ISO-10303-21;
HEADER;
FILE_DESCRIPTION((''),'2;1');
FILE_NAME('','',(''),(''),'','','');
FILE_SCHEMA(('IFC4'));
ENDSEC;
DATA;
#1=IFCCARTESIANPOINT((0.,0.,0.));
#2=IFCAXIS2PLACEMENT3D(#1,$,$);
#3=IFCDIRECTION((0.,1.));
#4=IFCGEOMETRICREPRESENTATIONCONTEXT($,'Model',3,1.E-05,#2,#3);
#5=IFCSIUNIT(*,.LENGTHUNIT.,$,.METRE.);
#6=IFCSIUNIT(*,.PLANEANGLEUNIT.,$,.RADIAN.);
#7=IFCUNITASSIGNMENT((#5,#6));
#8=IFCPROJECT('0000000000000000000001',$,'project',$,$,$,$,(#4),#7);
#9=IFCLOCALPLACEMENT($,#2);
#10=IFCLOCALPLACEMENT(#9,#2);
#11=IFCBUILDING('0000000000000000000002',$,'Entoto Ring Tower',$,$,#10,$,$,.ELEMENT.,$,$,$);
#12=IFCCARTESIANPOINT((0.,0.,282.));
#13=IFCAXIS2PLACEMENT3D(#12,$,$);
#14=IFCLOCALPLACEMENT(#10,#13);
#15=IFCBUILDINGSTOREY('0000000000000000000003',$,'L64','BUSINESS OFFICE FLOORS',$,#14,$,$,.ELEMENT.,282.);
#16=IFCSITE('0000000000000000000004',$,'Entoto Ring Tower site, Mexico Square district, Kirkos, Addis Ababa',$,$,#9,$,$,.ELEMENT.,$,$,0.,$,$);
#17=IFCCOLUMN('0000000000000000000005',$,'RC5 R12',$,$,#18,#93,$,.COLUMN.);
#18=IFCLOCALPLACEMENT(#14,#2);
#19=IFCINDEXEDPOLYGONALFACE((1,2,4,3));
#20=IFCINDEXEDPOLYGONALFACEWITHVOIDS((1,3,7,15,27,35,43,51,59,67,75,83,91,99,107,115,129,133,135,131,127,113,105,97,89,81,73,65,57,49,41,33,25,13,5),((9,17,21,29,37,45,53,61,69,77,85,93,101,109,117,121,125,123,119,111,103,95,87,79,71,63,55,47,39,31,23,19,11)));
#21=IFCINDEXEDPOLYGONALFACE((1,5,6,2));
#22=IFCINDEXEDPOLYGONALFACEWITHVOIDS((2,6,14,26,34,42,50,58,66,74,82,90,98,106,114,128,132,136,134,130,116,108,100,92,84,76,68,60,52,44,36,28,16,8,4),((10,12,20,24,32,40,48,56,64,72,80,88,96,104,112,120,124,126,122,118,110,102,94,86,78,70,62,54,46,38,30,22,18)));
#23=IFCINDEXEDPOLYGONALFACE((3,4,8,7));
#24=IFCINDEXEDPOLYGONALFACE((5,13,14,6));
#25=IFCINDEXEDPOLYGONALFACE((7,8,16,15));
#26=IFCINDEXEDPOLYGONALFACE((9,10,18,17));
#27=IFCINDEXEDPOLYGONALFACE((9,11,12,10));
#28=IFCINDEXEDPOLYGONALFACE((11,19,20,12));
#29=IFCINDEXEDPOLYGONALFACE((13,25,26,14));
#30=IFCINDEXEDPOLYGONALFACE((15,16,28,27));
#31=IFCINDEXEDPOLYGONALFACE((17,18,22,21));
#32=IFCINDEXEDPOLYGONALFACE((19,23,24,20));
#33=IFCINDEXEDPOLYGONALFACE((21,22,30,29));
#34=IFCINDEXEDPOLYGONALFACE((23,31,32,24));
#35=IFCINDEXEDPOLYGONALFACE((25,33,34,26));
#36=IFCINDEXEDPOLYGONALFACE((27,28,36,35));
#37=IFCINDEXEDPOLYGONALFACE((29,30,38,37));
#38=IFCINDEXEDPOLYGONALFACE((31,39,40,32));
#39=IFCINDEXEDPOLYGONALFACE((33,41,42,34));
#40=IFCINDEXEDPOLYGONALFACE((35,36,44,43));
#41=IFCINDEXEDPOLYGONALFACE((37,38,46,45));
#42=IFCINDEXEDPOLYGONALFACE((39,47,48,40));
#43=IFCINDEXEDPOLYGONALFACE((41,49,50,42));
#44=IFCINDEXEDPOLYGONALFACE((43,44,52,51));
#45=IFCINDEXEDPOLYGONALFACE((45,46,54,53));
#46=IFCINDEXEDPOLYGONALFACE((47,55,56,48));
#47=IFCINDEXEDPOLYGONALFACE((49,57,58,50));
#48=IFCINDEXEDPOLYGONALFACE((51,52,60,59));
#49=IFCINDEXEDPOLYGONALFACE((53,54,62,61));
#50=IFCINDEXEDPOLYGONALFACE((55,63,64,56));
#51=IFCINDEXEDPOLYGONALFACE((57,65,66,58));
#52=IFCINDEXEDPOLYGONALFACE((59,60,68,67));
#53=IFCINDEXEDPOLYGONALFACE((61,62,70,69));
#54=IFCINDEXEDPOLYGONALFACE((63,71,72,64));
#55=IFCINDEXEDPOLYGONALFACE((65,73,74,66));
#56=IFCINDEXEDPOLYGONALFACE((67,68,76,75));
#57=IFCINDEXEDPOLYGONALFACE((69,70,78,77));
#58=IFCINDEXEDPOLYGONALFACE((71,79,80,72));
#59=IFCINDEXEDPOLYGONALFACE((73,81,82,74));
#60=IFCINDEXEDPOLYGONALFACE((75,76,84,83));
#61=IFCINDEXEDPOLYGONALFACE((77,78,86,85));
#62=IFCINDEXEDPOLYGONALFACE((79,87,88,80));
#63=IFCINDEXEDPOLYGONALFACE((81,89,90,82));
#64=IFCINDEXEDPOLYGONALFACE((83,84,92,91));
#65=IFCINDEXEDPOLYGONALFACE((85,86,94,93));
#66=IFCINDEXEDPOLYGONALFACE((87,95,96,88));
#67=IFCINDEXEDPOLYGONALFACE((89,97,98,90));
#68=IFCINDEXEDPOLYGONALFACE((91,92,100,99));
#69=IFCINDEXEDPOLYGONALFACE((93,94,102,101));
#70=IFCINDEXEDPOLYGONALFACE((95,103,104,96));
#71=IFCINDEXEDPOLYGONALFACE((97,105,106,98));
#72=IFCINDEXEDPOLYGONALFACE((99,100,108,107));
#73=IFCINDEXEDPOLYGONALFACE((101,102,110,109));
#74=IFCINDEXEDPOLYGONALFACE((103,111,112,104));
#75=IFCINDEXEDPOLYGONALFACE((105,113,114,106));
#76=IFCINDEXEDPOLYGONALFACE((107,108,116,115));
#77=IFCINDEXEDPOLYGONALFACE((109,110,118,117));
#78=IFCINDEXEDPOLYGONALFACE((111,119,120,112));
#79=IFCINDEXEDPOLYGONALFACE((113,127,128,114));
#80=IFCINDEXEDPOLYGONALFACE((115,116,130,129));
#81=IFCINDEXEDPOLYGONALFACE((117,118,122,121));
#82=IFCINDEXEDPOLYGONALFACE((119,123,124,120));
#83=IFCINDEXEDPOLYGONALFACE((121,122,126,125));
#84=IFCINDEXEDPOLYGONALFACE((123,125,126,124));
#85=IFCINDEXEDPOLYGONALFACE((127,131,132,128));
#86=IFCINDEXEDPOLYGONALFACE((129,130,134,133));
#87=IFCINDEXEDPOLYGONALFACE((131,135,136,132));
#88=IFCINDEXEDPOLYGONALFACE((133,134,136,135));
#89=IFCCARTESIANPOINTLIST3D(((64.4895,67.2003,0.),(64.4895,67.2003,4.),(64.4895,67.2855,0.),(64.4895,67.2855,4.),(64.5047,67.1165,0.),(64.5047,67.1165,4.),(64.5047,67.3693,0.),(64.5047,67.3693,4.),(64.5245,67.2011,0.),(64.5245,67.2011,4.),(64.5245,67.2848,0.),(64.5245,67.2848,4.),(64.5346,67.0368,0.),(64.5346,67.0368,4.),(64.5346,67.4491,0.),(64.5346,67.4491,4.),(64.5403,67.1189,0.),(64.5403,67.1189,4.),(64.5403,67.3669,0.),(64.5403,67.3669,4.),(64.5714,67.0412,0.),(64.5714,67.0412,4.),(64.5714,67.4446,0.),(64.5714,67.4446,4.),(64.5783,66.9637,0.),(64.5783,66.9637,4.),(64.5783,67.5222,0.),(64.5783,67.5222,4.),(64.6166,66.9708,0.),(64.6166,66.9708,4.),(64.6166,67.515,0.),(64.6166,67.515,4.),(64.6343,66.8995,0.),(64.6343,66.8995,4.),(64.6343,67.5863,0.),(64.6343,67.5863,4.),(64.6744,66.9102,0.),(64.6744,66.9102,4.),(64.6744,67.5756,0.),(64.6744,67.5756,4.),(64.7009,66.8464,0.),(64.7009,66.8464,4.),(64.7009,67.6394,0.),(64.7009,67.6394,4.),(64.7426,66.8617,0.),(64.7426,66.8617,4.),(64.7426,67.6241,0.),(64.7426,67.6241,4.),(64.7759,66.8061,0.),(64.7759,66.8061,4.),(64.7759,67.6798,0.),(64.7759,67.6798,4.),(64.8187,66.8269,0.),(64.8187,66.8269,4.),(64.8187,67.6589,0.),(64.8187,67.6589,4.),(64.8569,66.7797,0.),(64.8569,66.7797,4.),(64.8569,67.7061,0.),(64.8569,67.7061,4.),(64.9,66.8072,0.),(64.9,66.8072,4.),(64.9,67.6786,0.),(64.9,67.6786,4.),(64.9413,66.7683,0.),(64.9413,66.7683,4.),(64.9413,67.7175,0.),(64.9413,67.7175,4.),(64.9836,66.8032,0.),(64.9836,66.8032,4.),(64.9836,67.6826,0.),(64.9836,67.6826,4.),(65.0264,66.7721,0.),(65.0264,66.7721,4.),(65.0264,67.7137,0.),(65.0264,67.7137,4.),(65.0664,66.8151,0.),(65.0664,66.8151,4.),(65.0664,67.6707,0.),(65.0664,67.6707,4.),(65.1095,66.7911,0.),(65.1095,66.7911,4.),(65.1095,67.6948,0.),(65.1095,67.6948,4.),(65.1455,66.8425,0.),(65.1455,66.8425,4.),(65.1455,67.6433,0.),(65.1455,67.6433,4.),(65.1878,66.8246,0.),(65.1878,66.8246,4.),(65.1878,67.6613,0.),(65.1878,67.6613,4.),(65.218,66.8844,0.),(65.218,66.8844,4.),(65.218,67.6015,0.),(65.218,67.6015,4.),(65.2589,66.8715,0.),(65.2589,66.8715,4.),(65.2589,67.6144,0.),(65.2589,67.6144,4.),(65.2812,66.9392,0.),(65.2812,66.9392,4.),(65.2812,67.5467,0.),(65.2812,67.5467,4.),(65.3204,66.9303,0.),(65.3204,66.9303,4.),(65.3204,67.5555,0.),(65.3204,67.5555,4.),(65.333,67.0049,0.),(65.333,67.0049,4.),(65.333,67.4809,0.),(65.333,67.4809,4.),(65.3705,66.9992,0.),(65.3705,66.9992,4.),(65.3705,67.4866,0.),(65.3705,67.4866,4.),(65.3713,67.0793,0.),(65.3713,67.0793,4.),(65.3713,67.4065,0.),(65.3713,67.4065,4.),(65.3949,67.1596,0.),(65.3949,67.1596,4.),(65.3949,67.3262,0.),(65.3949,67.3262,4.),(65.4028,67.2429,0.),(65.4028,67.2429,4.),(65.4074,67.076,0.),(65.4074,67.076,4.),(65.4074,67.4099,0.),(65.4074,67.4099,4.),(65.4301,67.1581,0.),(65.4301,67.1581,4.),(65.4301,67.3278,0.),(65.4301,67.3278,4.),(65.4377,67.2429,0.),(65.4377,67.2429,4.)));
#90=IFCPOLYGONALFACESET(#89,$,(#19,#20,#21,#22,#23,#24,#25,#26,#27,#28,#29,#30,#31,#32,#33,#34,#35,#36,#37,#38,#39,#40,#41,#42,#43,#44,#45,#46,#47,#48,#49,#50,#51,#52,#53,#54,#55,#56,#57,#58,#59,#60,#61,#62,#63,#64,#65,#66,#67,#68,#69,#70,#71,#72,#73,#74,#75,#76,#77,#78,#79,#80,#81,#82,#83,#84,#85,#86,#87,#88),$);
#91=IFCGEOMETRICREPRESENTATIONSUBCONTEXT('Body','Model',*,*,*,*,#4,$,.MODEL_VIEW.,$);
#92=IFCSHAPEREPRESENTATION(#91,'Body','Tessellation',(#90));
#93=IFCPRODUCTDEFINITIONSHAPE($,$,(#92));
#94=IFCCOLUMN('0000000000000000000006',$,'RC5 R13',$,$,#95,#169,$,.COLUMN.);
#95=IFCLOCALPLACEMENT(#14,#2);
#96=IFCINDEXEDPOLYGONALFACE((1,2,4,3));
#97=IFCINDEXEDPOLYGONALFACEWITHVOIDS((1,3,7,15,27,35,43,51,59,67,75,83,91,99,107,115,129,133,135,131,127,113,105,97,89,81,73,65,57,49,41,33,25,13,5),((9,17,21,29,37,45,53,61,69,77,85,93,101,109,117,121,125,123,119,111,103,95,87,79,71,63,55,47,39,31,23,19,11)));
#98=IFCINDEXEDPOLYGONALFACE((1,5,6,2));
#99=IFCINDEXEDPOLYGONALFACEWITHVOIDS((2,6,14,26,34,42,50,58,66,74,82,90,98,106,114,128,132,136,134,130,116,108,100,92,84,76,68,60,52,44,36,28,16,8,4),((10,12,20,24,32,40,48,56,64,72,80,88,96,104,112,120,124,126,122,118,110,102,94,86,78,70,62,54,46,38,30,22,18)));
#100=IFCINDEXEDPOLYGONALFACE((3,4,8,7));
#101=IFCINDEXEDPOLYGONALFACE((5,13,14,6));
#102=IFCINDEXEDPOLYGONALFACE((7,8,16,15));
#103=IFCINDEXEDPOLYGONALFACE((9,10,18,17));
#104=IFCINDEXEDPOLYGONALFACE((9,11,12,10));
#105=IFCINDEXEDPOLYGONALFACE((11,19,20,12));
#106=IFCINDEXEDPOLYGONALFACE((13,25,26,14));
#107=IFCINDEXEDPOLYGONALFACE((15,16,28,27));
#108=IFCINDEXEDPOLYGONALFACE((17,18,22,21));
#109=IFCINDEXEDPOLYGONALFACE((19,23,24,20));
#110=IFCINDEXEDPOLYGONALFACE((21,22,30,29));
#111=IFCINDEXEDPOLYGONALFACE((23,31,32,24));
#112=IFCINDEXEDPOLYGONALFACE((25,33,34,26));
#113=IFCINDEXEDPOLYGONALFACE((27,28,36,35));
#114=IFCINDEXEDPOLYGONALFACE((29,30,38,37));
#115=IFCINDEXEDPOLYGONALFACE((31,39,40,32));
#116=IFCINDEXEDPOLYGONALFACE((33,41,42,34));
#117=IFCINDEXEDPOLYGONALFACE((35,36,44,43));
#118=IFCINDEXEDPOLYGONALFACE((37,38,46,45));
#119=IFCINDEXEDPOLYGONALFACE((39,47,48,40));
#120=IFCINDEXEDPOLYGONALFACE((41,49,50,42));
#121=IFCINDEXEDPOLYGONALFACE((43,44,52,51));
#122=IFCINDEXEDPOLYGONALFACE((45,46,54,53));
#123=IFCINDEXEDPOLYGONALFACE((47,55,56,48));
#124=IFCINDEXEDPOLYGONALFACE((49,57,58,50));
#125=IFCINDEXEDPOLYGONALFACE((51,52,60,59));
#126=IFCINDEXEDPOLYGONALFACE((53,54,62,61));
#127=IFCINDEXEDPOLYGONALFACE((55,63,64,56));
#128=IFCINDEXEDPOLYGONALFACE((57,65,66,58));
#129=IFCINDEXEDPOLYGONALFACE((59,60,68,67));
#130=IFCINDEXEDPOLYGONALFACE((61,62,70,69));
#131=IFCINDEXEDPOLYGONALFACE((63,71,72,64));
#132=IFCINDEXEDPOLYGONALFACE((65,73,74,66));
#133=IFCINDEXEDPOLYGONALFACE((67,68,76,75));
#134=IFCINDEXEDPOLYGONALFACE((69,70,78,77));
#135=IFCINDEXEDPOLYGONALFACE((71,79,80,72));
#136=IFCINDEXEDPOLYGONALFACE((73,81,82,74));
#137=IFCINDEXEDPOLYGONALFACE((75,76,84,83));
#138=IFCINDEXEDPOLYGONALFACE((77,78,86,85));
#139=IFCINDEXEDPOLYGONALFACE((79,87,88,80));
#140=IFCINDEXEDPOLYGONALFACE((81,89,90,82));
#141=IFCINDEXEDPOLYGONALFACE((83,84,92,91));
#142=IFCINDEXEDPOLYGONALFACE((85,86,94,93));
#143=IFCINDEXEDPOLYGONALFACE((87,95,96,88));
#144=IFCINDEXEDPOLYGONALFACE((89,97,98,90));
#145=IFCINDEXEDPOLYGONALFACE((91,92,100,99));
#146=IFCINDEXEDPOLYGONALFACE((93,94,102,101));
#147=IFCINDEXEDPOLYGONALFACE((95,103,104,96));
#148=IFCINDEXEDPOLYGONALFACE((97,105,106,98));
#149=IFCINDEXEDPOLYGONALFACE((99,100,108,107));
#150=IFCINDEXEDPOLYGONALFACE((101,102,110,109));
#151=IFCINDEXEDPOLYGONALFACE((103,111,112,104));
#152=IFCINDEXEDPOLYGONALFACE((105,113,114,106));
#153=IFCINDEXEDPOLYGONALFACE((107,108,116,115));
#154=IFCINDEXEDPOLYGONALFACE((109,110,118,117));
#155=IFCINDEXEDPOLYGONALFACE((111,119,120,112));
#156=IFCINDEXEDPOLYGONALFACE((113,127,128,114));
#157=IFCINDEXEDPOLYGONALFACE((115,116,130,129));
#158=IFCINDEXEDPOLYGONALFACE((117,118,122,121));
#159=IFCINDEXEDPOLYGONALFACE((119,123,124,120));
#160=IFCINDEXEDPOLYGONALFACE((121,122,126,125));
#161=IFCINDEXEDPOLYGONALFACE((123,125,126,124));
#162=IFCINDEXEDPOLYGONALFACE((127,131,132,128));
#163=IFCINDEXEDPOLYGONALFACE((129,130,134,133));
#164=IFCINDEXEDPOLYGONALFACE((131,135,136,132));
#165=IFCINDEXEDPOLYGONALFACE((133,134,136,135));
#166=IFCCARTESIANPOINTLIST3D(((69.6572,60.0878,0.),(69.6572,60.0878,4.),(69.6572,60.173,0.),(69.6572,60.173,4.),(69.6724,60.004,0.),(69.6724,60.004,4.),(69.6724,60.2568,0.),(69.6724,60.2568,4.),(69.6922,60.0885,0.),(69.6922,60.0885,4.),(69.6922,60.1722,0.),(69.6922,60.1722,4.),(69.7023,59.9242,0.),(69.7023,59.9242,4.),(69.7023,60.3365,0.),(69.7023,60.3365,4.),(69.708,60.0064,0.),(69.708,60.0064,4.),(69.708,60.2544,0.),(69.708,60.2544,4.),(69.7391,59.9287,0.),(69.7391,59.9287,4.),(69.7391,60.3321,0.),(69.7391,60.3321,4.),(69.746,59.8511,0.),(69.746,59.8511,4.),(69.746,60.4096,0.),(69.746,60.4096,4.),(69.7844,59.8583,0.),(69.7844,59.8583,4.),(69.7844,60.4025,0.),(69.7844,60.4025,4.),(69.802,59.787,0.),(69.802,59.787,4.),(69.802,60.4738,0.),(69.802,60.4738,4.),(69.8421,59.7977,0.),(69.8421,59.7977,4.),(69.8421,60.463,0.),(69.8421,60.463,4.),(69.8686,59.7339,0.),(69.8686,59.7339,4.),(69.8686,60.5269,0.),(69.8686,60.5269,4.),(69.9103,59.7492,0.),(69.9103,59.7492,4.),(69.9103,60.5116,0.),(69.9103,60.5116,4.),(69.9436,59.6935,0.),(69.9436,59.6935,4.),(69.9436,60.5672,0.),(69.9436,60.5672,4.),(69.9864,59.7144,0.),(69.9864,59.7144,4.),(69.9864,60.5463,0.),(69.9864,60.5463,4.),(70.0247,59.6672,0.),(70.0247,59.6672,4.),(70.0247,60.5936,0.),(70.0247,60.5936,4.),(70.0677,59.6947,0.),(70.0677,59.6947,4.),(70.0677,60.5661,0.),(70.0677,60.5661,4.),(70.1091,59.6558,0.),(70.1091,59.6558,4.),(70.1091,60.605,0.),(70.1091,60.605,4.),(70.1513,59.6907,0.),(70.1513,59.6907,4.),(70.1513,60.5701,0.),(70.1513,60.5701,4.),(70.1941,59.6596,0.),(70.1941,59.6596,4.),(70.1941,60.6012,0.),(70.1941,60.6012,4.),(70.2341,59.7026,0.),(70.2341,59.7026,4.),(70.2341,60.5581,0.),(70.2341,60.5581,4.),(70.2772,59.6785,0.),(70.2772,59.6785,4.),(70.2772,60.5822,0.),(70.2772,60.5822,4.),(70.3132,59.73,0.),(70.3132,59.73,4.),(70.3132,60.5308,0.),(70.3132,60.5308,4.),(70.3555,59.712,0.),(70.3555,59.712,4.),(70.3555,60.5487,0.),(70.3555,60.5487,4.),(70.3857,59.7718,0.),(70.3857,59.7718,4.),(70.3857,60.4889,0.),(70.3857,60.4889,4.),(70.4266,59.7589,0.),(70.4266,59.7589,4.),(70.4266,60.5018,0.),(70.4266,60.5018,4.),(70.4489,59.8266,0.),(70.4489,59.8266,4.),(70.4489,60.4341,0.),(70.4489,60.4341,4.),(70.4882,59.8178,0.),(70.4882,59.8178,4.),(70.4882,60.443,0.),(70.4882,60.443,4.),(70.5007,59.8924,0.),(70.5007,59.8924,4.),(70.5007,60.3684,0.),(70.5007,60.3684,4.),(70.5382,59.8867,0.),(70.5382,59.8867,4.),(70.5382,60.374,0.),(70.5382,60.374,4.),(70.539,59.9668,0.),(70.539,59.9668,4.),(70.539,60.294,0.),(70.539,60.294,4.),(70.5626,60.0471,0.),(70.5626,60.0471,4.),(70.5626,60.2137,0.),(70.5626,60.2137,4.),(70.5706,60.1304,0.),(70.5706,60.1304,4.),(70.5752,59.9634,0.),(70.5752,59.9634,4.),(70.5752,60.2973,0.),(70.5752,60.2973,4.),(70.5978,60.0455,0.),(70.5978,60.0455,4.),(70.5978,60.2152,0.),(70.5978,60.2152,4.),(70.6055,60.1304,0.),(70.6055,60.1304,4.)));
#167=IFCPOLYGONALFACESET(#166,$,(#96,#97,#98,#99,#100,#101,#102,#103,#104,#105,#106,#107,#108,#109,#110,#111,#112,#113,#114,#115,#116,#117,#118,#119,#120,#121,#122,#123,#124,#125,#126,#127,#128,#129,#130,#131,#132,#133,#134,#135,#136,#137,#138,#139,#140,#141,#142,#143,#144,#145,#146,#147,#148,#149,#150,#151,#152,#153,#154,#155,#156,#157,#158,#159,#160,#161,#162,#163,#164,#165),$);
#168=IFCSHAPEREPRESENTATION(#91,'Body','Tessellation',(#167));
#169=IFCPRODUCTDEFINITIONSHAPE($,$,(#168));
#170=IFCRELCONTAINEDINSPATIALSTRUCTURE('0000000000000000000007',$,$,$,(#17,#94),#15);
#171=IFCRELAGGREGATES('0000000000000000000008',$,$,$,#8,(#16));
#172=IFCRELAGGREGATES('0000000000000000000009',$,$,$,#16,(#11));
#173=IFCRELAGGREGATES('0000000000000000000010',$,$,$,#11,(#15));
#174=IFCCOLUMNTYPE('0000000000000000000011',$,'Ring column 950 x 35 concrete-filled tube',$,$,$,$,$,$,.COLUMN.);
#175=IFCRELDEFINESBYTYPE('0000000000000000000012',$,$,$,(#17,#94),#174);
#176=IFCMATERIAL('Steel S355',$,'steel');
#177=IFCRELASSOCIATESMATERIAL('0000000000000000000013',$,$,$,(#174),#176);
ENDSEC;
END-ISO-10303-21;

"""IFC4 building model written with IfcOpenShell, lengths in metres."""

from ifc_helpers import new_model, si_unit, direction, frame, origin, origin_2d, place, context, subcontext, project, spatial, circle, hollow_circle, extrude, material, material_profile, profile_set, type_object, element, save


model = new_model("IFC4")

# Units and contexts
model_context = context("Model", 3, precision=1e-05, world=origin(), true_north=direction((0.0, 1.0)))
body_context = subcontext(model_context, "Body", "Model", "MODEL_VIEW")
ifc_project = project(units=[si_unit("LENGTHUNIT", "METRE"), si_unit("PLANEANGLEUNIT", "RADIAN")], contexts=[model_context])

# Site, building, storey
site_placement = place(None, origin())
site = spatial("IfcSite", under=ifc_project, at=site_placement, Name="Entoto Ring Tower site, Mexico Square district, Kirkos, Addis Ababa", CompositionType="ELEMENT", RefElevation=0.0)
building_placement = place(site_placement, origin())
building = spatial("IfcBuilding", under=site, at=building_placement, Name="Entoto Ring Tower", CompositionType="ELEMENT")
storey_placement = place(building_placement, frame((0.0, 0.0, 282.0)))
storey = spatial("IfcBuildingStorey", under=building, at=storey_placement, Name="L64", Description="BUSINESS OFFICE FLOORS", CompositionType="ELEMENT", Elevation=282.0)

# Columns
ifc_material_1 = material(Name="Steel S355", Category="steel")
ifc_material_profile_1 = material_profile(ifc_material_1, hollow_circle(Radius=0.4751, WallThickness=0.0349, at=origin_2d()), Name="CHS 950 x 35")
ifc_material_2 = material(Name="Concrete C60/75", Category="concrete")
ifc_material_profile_2 = material_profile(ifc_material_2, circle(Radius=0.4399, at=origin_2d()), Name="Concrete C60/75 infill")
ifc_profile_set_1 = profile_set([ifc_material_profile_1, ifc_material_profile_2], Name="Steel S355")
column_type = type_object("IfcColumnType", Name="Ring column 950 x 35 concrete-filled tube", PredefinedType="COLUMN", material=ifc_profile_set_1)
for number, where, z_axis, x_axis, name in (
    (1, (64.9626, 67.2429, 0.0), (0.0, 0.0, 1.0), (1.0, 0.0, 0.0), "RC5 R12"),
    (2, (70.1304, 60.1304, 0.0), (0.0, 0.0, 1.0), (1.0, 0.0, 0.0), "RC5 R13"),
):
    element("IfcColumn", number, at=place(storey_placement, frame(where, z_axis=z_axis, x_axis=x_axis)), inside=storey, type_object=column_type, Name=name, PredefinedType="COLUMN", context=body_context, shape_type="SweptSolid", body=[
        extrude(hollow_circle(Radius=0.4751, WallThickness=0.0349, at=origin_2d()), origin(), (0.0, 0.0, 1.0), 4.0),
    ])

save(model, "model.ifc")
